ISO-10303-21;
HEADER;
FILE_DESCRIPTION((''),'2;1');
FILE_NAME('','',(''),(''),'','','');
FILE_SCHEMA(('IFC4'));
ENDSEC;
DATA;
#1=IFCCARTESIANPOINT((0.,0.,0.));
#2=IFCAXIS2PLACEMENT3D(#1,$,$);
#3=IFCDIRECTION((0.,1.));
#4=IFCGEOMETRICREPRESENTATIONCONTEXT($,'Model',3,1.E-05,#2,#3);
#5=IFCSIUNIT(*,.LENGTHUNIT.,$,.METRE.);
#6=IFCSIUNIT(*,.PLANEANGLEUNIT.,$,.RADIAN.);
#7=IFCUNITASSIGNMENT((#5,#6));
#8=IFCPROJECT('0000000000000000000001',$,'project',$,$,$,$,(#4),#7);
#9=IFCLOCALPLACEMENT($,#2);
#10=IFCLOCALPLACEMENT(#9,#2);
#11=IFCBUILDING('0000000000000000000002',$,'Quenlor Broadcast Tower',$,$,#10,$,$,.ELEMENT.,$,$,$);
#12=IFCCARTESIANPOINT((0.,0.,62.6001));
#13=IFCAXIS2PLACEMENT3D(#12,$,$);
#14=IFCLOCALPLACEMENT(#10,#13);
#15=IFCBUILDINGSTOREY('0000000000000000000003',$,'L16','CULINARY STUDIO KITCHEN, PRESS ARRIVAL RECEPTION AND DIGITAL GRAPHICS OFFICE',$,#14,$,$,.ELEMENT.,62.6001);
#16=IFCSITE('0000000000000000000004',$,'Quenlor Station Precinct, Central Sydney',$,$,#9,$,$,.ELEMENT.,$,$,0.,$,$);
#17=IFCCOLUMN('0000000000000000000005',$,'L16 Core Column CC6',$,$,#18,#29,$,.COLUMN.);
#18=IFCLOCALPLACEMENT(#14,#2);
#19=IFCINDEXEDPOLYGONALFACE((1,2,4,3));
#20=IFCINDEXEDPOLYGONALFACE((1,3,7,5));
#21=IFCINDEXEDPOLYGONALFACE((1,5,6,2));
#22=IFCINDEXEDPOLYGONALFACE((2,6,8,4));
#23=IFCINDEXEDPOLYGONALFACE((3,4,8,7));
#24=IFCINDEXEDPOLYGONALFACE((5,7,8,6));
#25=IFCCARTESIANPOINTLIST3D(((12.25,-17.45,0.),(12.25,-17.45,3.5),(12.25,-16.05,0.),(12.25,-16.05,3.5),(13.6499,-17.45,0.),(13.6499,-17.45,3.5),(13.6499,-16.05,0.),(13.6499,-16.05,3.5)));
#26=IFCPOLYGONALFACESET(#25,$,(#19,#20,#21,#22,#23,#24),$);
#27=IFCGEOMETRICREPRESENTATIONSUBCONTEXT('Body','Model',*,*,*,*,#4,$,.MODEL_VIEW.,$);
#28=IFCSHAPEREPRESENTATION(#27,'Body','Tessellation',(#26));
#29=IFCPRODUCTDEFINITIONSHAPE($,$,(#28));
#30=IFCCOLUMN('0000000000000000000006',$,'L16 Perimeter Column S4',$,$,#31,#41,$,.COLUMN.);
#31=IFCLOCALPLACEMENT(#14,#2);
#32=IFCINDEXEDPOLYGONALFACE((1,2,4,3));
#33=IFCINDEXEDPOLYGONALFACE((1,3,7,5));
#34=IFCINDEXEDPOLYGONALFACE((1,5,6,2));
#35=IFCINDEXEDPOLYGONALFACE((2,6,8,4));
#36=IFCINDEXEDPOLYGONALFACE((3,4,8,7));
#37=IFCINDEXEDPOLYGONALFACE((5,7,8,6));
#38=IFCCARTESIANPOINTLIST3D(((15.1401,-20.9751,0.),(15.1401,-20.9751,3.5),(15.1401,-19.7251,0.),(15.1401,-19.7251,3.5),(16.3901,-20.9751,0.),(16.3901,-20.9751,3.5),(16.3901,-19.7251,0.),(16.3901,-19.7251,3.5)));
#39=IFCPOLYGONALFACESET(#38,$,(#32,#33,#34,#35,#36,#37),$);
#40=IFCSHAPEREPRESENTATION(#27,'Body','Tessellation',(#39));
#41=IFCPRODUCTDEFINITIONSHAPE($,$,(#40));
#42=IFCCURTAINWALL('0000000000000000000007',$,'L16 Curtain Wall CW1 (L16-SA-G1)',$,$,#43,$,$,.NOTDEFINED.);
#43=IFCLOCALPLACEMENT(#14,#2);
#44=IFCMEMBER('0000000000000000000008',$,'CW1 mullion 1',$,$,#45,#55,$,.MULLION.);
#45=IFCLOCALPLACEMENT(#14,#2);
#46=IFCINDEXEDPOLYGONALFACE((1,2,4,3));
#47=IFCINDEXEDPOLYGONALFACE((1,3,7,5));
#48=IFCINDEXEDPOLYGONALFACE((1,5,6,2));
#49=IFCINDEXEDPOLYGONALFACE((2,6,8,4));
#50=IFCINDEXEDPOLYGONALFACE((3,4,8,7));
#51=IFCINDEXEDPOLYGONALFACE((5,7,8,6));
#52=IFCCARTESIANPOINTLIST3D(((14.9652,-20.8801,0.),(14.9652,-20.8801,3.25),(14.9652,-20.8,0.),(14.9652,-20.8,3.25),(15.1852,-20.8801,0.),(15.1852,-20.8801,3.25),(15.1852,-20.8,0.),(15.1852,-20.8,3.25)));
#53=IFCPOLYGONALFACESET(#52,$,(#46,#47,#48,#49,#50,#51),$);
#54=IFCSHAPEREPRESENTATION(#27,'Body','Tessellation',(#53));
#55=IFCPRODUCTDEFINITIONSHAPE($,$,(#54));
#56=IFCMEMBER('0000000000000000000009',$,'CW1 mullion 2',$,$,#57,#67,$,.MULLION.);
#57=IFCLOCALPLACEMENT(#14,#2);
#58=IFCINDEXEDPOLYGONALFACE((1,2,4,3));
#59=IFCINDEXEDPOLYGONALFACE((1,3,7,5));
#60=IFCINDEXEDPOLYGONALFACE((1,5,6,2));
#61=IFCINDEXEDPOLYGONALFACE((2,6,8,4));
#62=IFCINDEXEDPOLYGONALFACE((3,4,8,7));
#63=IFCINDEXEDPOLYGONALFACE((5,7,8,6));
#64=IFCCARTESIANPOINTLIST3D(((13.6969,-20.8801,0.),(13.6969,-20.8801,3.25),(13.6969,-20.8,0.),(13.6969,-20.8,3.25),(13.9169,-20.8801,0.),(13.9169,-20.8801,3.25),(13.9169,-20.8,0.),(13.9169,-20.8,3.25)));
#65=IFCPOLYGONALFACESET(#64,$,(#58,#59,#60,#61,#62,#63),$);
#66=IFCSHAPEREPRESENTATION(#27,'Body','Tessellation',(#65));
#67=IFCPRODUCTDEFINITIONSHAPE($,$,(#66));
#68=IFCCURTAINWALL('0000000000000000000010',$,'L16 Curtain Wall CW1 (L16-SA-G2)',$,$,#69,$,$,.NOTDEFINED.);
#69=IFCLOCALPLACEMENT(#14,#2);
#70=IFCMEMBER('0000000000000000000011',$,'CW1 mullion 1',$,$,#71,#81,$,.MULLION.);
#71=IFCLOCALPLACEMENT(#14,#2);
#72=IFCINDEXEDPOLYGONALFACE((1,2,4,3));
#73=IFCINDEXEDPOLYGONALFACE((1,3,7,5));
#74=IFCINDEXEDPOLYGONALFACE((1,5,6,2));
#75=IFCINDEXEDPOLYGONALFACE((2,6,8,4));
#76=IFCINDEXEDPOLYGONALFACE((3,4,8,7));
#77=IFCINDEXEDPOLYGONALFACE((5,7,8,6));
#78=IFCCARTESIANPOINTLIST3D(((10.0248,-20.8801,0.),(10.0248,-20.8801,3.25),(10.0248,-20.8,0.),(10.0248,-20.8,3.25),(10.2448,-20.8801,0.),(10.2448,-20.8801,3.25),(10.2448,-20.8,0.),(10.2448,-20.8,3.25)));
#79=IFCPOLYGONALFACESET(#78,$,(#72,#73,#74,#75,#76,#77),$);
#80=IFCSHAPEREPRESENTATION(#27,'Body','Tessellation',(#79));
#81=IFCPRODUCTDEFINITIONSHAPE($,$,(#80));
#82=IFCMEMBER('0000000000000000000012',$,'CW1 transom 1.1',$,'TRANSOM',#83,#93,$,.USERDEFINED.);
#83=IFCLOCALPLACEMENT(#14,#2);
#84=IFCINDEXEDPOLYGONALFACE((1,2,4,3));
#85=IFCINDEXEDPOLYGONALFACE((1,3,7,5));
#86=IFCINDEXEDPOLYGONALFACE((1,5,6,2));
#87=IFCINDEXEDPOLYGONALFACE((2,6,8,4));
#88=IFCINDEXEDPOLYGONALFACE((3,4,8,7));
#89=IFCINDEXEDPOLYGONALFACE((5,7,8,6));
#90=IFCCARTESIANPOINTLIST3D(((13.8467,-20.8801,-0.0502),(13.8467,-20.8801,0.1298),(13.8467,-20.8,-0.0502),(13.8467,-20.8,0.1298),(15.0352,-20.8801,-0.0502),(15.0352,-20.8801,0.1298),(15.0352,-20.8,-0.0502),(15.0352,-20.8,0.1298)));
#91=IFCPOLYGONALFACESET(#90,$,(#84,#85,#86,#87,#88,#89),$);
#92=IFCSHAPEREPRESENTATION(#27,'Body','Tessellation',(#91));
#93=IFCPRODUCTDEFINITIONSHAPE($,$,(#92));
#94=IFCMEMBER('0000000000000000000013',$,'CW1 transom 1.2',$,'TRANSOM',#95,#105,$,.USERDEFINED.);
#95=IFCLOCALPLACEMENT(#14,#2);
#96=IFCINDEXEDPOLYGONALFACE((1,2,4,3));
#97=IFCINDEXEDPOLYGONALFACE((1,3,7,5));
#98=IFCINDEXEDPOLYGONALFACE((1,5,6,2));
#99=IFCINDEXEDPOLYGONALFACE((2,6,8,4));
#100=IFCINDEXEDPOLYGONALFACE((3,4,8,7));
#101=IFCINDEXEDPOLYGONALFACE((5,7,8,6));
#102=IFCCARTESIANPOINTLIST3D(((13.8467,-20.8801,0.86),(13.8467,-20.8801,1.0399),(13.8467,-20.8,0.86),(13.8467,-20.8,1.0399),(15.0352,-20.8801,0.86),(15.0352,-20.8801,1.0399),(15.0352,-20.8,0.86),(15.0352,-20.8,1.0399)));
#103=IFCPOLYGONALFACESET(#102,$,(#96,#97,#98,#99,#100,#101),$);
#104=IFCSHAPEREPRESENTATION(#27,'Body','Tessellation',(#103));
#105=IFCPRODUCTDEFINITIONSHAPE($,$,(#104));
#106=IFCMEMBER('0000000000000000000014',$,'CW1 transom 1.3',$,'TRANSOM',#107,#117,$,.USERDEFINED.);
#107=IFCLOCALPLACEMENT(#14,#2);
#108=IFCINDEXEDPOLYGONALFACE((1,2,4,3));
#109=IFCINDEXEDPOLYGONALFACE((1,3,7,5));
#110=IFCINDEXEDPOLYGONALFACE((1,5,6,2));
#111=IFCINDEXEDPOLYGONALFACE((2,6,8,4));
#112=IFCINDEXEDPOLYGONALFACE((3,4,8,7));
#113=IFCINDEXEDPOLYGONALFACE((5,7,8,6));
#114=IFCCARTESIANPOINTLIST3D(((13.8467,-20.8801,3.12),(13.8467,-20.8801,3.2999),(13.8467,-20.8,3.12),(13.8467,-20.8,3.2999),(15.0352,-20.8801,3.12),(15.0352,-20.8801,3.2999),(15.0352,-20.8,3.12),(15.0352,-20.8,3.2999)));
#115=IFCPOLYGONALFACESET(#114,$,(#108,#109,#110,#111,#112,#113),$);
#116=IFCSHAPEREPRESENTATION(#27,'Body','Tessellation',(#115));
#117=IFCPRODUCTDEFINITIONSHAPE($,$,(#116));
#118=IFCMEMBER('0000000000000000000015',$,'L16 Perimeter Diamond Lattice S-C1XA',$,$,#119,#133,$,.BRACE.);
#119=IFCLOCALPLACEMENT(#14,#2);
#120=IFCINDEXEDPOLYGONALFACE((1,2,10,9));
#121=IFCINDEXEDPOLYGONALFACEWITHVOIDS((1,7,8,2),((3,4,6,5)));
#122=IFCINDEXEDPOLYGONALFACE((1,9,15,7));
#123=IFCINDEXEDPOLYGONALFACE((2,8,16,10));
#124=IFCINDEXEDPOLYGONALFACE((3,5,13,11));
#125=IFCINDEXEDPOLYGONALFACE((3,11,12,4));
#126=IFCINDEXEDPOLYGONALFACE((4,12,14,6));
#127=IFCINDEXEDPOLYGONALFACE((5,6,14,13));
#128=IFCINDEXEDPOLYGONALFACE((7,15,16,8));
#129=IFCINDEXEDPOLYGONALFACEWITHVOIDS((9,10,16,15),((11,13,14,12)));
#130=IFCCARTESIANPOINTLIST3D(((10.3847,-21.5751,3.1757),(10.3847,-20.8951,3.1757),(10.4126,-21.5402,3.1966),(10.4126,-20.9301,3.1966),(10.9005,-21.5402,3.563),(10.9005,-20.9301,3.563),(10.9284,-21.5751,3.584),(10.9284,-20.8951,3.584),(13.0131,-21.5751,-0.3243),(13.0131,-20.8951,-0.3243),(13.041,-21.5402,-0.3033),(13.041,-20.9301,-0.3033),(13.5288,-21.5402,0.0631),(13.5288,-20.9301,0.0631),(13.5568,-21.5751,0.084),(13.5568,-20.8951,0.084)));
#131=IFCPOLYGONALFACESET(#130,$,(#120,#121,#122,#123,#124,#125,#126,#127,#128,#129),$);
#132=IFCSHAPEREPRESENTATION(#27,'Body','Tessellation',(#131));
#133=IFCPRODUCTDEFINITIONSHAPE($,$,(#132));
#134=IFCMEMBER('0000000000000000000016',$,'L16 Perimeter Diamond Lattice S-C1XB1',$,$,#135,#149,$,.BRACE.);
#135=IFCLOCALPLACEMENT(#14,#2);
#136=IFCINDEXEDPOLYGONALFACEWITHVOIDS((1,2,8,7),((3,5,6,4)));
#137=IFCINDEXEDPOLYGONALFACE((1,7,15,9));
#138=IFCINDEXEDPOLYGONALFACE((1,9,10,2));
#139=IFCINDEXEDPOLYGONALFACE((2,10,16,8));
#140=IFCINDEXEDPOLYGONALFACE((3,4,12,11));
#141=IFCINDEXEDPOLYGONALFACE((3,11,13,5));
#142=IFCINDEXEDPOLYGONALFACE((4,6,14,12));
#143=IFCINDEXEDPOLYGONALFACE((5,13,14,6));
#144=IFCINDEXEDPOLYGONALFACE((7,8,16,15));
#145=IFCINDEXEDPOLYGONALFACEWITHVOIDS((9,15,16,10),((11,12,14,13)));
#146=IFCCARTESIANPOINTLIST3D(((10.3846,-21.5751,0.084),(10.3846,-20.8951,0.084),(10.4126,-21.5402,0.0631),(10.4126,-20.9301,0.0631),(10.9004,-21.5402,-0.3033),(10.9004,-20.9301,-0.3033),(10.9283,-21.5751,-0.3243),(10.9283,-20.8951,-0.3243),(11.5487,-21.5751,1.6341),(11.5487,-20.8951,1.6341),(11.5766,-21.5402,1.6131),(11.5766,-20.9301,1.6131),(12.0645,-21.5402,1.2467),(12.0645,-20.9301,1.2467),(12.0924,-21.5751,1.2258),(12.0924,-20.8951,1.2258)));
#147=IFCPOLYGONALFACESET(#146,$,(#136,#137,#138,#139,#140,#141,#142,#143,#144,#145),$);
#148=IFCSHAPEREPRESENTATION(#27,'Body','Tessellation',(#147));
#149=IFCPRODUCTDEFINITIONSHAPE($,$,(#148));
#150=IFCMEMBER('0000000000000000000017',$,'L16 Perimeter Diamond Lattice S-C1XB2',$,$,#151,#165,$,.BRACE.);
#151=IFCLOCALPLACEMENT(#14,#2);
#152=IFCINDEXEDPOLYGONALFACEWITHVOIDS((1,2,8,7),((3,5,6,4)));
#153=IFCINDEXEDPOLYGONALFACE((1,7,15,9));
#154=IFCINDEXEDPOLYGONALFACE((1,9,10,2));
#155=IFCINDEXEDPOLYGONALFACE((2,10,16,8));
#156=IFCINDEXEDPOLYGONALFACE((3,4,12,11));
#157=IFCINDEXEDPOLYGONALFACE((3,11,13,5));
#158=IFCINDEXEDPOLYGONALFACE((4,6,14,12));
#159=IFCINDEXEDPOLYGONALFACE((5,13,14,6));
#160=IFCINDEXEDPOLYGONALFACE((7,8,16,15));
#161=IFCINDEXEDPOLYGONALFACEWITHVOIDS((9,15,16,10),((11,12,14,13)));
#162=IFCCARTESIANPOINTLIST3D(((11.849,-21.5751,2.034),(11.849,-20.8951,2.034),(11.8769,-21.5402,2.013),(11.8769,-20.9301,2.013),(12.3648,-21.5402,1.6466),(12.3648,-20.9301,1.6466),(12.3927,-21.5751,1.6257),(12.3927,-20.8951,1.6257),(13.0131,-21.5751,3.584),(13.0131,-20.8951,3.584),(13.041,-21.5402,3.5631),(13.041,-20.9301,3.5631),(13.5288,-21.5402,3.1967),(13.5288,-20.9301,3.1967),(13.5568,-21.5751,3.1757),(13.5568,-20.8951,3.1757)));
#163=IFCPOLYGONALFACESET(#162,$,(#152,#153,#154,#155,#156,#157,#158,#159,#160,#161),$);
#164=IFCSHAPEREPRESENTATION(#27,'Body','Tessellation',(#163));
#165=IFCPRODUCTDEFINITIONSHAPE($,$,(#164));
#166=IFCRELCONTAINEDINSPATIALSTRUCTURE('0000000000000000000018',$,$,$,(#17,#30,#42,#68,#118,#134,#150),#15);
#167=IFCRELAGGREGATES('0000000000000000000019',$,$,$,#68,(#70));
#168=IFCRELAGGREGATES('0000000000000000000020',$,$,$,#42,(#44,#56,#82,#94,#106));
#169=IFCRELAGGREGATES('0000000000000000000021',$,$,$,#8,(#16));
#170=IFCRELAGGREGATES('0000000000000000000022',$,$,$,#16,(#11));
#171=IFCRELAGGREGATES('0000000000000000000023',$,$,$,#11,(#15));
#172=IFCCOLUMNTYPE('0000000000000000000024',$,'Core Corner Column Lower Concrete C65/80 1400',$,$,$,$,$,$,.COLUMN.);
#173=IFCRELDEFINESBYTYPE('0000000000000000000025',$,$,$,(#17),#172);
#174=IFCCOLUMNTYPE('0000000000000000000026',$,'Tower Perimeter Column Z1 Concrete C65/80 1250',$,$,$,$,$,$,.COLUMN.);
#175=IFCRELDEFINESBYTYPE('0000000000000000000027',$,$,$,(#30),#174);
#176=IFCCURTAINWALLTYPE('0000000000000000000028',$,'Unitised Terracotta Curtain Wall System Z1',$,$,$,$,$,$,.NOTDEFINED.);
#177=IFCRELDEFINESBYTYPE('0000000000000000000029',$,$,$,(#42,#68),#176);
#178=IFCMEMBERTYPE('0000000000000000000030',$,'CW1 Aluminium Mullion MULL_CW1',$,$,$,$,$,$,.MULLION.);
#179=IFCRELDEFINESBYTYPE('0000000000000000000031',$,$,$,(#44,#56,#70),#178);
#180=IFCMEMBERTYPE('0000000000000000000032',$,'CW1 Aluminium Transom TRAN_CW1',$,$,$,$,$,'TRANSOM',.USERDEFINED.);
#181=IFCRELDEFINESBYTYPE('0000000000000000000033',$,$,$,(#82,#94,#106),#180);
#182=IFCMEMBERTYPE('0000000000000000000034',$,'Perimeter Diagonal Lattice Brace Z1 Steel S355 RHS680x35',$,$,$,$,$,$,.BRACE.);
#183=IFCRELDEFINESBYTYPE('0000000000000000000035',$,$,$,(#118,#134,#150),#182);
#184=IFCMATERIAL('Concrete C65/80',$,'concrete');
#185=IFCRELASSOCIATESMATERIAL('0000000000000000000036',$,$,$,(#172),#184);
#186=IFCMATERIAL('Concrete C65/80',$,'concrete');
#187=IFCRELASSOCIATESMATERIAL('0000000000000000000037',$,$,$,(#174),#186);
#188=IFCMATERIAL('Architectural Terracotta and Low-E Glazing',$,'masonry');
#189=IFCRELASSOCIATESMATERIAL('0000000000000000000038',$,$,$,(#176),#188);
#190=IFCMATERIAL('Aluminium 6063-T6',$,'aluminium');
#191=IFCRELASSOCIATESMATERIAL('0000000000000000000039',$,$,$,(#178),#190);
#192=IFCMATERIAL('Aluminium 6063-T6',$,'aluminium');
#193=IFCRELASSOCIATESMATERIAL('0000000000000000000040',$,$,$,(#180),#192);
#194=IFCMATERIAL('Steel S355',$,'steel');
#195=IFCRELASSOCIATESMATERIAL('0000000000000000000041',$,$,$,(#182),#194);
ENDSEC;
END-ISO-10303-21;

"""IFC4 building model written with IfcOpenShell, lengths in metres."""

from ifc_helpers import new_model, si_unit, direction, frame, origin, origin_2d, place, context, subcontext, project, spatial, rectangle, hollow_rectangle, extrude, material, material_profile, profile_set, type_object, element, aggregate, save


model = new_model("IFC4")

# Units and contexts
model_context = context("Model", 3, precision=1e-05, world=origin(), true_north=direction((0.0, 1.0)))
body_context = subcontext(model_context, "Body", "Model", "MODEL_VIEW")
ifc_project = project(units=[si_unit("LENGTHUNIT", "METRE"), si_unit("PLANEANGLEUNIT", "RADIAN")], contexts=[model_context])

# Site, building, storey
site_placement = place(None, origin())
site = spatial("IfcSite", under=ifc_project, at=site_placement, Name="Quenlor Station Precinct, Central Sydney", CompositionType="ELEMENT", RefElevation=0.0)
building_placement = place(site_placement, origin())
building = spatial("IfcBuilding", under=site, at=building_placement, Name="Quenlor Broadcast Tower", CompositionType="ELEMENT")
storey_placement = place(building_placement, frame((0.0, 0.0, 62.6001)))
storey = spatial("IfcBuildingStorey", under=building, at=storey_placement, Name="L16", Description="CULINARY STUDIO KITCHEN, PRESS ARRIVAL RECEPTION AND DIGITAL GRAPHICS OFFICE", CompositionType="ELEMENT", Elevation=62.6001)

# Columns
ifc_material_1 = material(Name="Concrete C65/80", Category="concrete")
ifc_material_profile_1 = material_profile(ifc_material_1, rectangle(XDim=1.3999, YDim=1.3999, at=origin_2d()))
ifc_profile_set_1 = profile_set([ifc_material_profile_1], Name="Concrete C65/80 RC1400x1400")
column_type_1 = type_object("IfcColumnType", Name="Core Corner Column Lower Concrete C65/80 1400", PredefinedType="COLUMN", material=ifc_profile_set_1)
column_1_placement = place(storey_placement, frame((12.95, -16.75, 0.0), z_axis=(0.0, 0.0, 1.0), x_axis=(1.0, 0.0, 0.0)))
element("IfcColumn", 1, at=column_1_placement, inside=storey, type_object=column_type_1, Name="L16 Core Column CC6", PredefinedType="COLUMN", context=body_context, shape_type="SweptSolid", body=[
    extrude(rectangle(XDim=1.3999, YDim=1.3999, at=origin_2d()), origin(), (0.0, 0.0, 1.0), 3.5),
])
ifc_material_2 = material(Name="Concrete C65/80", Category="concrete")
ifc_material_profile_2 = material_profile(ifc_material_2, rectangle(XDim=1.25, YDim=1.25, at=origin_2d()))
ifc_profile_set_2 = profile_set([ifc_material_profile_2], Name="Concrete C65/80 RC1250x1250")
column_type_2 = type_object("IfcColumnType", Name="Tower Perimeter Column Z1 Concrete C65/80 1250", PredefinedType="COLUMN", material=ifc_profile_set_2)
column_2_placement = place(storey_placement, frame((15.7651, -20.3501, 0.0), z_axis=(0.0, 0.0, 1.0), x_axis=(0.0, 1.0, 0.0)))
element("IfcColumn", 2, at=column_2_placement, inside=storey, type_object=column_type_2, Name="L16 Perimeter Column S4", PredefinedType="COLUMN", context=body_context, shape_type="SweptSolid", body=[
    extrude(rectangle(XDim=1.25, YDim=1.25, at=origin_2d()), origin(), (0.0, 0.0, 1.0), 3.5),
])

# Curtain wall, members
ifc_material_3 = material(Name="Architectural Terracotta and Low-E Glazing", Category="masonry")
curtain_wall_type = type_object("IfcCurtainWallType", Name="Unitised Terracotta Curtain Wall System Z1", PredefinedType="NOTDEFINED", material=ifc_material_3)
curtain_wall_1_placement = place(storey_placement, origin())
curtain_wall_1 = element("IfcCurtainWall", 3, at=curtain_wall_1_placement, inside=storey, type_object=curtain_wall_type, Name="L16 Curtain Wall CW1 (L16-SA-G1)", PredefinedType="NOTDEFINED")
ifc_material_4 = material(Name="Aluminium 6063-T6", Category="aluminium")
ifc_material_profile_3 = material_profile(ifc_material_4, rectangle(XDim=0.0801, YDim=0.22, at=origin_2d()))
ifc_profile_set_3 = profile_set([ifc_material_profile_3], Name="Aluminium 6063-T6 MULL80x220")
member_type_1 = type_object("IfcMemberType", Name="CW1 Aluminium Mullion MULL_CW1", PredefinedType="MULLION", material=ifc_profile_set_3)
member_1_placement = place(storey_placement, frame((15.0752, -20.8401, 0.0), z_axis=(0.0, 0.0, 1.0), x_axis=(0.0, -1.0, 0.0)))
member_1 = element("IfcMember", 4, at=member_1_placement, type_object=member_type_1, Name="CW1 mullion 1", PredefinedType="MULLION", context=body_context, shape_type="SweptSolid", body=[
    extrude(rectangle(XDim=0.0801, YDim=0.22, at=origin_2d()), origin(), (0.0, 0.0, 1.0), 3.25),
])
member_2_placement = place(storey_placement, frame((13.8069, -20.8401, 0.0), z_axis=(0.0, 0.0, 1.0), x_axis=(0.0, -1.0, 0.0)))
member_2 = element("IfcMember", 5, at=member_2_placement, type_object=member_type_1, Name="CW1 mullion 2", PredefinedType="MULLION", context=body_context, shape_type="SweptSolid", body=[
    extrude(rectangle(XDim=0.0801, YDim=0.22, at=origin_2d()), origin(), (0.0, 0.0, 1.0), 3.25),
])

# Curtain wall, member
curtain_wall_2_placement = place(storey_placement, origin())
curtain_wall_2 = element("IfcCurtainWall", 6, at=curtain_wall_2_placement, inside=storey, type_object=curtain_wall_type, Name="L16 Curtain Wall CW1 (L16-SA-G2)", PredefinedType="NOTDEFINED")
member_3_placement = place(storey_placement, frame((10.1348, -20.8401, 0.0), z_axis=(0.0, 0.0, 1.0), x_axis=(0.0, -1.0, 0.0)))
member_3 = element("IfcMember", 7, at=member_3_placement, type_object=member_type_1, Name="CW1 mullion 1", PredefinedType="MULLION", context=body_context, shape_type="SweptSolid", body=[
    extrude(rectangle(XDim=0.0801, YDim=0.22, at=origin_2d()), origin(), (0.0, 0.0, 1.0), 3.25),
])
aggregate(curtain_wall_2, [member_3])

# Members
ifc_material_5 = material(Name="Aluminium 6063-T6", Category="aluminium")
ifc_material_profile_4 = material_profile(ifc_material_5, rectangle(XDim=0.0801, YDim=0.1799, at=origin_2d()))
ifc_profile_set_4 = profile_set([ifc_material_profile_4], Name="Aluminium 6063-T6 TRAN80x180")
member_type_2 = type_object("IfcMemberType", Name="CW1 Aluminium Transom TRAN_CW1", ElementType="TRANSOM", PredefinedType="USERDEFINED", material=ifc_profile_set_4)
member_4_placement = place(storey_placement, frame((15.0352, -20.8401, 0.0398), z_axis=(-1.0, 0.0, 0.0), x_axis=(0.0, -1.0, 0.0)))
member_4 = element("IfcMember", 8, at=member_4_placement, type_object=member_type_2, Name="CW1 transom 1.1", ObjectType="TRANSOM", PredefinedType="USERDEFINED", context=body_context, shape_type="SweptSolid", body=[
    extrude(rectangle(XDim=0.0801, YDim=0.1799, at=origin_2d()), origin(), (0.0, 0.0, 1.0), 1.1885),
])
member_5_placement = place(storey_placement, frame((15.0352, -20.8401, 0.95), z_axis=(-1.0, 0.0, 0.0), x_axis=(0.0, -1.0, 0.0)))
member_5 = element("IfcMember", 9, at=member_5_placement, type_object=member_type_2, Name="CW1 transom 1.2", ObjectType="TRANSOM", PredefinedType="USERDEFINED", context=body_context, shape_type="SweptSolid", body=[
    extrude(rectangle(XDim=0.0801, YDim=0.1799, at=origin_2d()), origin(), (0.0, 0.0, 1.0), 1.1885),
])
member_6_placement = place(storey_placement, frame((15.0352, -20.8401, 3.21), z_axis=(-1.0, 0.0, 0.0), x_axis=(0.0, -1.0, 0.0)))
member_6 = element("IfcMember", 10, at=member_6_placement, type_object=member_type_2, Name="CW1 transom 1.3", ObjectType="TRANSOM", PredefinedType="USERDEFINED", context=body_context, shape_type="SweptSolid", body=[
    extrude(rectangle(XDim=0.0801, YDim=0.1799, at=origin_2d()), origin(), (0.0, 0.0, 1.0), 1.1885),
])

# Members
ifc_material_6 = material(Name="Steel S355", Category="steel")
ifc_material_profile_5 = material_profile(ifc_material_6, hollow_rectangle(XDim=0.6799, YDim=0.6799, WallThickness=0.0349, at=origin_2d()))
ifc_profile_set_5 = profile_set([ifc_material_profile_5], Name="Steel S355 RHS680x680x35")
member_type_3 = type_object("IfcMemberType", Name="Perimeter Diagonal Lattice Brace Z1 Steel S355 RHS680x35", PredefinedType="BRACE", material=ifc_profile_set_5)
member_7_placement = place(storey_placement, frame((13.2849, -21.2351, -0.1201), z_axis=(-0.6005, 0.0, 0.799625), x_axis=(0.0, -1.0, 0.0)))
element("IfcMember", 11, at=member_7_placement, inside=storey, type_object=member_type_3, Name="L16 Perimeter Diamond Lattice S-C1XA", PredefinedType="BRACE", context=body_context, shape_type="SweptSolid", body=[
    extrude(hollow_rectangle(XDim=0.6799, YDim=0.6799, WallThickness=0.0349, at=origin_2d()), origin(), (0.0, 0.0, 1.0), 4.377),
])
for number, where, z_axis, x_axis, name in (
    (12, (10.6565, -21.2351, -0.1201), (0.600504, 0.0, 0.799622), (0.0, 1.0, 0.0), "L16 Perimeter Diamond Lattice S-C1XB1"),
    (13, (12.1208, -21.2351, 1.8298), (0.600504, 0.0, 0.799622), (0.0, 1.0, 0.0), "L16 Perimeter Diamond Lattice S-C1XB2"),
):
    element("IfcMember", number, at=place(storey_placement, frame(where, z_axis=z_axis, x_axis=x_axis)), inside=storey, type_object=member_type_3, Name=name, PredefinedType="BRACE", context=body_context, shape_type="SweptSolid", body=[
        extrude(hollow_rectangle(XDim=0.6799, YDim=0.6799, WallThickness=0.0349, at=origin_2d()), origin(), (0.0, 0.0, 1.0), 1.9385),
    ])

aggregate(curtain_wall_1, [member_1, member_2, member_4, member_5, member_6])

save(model, "model.ifc")
